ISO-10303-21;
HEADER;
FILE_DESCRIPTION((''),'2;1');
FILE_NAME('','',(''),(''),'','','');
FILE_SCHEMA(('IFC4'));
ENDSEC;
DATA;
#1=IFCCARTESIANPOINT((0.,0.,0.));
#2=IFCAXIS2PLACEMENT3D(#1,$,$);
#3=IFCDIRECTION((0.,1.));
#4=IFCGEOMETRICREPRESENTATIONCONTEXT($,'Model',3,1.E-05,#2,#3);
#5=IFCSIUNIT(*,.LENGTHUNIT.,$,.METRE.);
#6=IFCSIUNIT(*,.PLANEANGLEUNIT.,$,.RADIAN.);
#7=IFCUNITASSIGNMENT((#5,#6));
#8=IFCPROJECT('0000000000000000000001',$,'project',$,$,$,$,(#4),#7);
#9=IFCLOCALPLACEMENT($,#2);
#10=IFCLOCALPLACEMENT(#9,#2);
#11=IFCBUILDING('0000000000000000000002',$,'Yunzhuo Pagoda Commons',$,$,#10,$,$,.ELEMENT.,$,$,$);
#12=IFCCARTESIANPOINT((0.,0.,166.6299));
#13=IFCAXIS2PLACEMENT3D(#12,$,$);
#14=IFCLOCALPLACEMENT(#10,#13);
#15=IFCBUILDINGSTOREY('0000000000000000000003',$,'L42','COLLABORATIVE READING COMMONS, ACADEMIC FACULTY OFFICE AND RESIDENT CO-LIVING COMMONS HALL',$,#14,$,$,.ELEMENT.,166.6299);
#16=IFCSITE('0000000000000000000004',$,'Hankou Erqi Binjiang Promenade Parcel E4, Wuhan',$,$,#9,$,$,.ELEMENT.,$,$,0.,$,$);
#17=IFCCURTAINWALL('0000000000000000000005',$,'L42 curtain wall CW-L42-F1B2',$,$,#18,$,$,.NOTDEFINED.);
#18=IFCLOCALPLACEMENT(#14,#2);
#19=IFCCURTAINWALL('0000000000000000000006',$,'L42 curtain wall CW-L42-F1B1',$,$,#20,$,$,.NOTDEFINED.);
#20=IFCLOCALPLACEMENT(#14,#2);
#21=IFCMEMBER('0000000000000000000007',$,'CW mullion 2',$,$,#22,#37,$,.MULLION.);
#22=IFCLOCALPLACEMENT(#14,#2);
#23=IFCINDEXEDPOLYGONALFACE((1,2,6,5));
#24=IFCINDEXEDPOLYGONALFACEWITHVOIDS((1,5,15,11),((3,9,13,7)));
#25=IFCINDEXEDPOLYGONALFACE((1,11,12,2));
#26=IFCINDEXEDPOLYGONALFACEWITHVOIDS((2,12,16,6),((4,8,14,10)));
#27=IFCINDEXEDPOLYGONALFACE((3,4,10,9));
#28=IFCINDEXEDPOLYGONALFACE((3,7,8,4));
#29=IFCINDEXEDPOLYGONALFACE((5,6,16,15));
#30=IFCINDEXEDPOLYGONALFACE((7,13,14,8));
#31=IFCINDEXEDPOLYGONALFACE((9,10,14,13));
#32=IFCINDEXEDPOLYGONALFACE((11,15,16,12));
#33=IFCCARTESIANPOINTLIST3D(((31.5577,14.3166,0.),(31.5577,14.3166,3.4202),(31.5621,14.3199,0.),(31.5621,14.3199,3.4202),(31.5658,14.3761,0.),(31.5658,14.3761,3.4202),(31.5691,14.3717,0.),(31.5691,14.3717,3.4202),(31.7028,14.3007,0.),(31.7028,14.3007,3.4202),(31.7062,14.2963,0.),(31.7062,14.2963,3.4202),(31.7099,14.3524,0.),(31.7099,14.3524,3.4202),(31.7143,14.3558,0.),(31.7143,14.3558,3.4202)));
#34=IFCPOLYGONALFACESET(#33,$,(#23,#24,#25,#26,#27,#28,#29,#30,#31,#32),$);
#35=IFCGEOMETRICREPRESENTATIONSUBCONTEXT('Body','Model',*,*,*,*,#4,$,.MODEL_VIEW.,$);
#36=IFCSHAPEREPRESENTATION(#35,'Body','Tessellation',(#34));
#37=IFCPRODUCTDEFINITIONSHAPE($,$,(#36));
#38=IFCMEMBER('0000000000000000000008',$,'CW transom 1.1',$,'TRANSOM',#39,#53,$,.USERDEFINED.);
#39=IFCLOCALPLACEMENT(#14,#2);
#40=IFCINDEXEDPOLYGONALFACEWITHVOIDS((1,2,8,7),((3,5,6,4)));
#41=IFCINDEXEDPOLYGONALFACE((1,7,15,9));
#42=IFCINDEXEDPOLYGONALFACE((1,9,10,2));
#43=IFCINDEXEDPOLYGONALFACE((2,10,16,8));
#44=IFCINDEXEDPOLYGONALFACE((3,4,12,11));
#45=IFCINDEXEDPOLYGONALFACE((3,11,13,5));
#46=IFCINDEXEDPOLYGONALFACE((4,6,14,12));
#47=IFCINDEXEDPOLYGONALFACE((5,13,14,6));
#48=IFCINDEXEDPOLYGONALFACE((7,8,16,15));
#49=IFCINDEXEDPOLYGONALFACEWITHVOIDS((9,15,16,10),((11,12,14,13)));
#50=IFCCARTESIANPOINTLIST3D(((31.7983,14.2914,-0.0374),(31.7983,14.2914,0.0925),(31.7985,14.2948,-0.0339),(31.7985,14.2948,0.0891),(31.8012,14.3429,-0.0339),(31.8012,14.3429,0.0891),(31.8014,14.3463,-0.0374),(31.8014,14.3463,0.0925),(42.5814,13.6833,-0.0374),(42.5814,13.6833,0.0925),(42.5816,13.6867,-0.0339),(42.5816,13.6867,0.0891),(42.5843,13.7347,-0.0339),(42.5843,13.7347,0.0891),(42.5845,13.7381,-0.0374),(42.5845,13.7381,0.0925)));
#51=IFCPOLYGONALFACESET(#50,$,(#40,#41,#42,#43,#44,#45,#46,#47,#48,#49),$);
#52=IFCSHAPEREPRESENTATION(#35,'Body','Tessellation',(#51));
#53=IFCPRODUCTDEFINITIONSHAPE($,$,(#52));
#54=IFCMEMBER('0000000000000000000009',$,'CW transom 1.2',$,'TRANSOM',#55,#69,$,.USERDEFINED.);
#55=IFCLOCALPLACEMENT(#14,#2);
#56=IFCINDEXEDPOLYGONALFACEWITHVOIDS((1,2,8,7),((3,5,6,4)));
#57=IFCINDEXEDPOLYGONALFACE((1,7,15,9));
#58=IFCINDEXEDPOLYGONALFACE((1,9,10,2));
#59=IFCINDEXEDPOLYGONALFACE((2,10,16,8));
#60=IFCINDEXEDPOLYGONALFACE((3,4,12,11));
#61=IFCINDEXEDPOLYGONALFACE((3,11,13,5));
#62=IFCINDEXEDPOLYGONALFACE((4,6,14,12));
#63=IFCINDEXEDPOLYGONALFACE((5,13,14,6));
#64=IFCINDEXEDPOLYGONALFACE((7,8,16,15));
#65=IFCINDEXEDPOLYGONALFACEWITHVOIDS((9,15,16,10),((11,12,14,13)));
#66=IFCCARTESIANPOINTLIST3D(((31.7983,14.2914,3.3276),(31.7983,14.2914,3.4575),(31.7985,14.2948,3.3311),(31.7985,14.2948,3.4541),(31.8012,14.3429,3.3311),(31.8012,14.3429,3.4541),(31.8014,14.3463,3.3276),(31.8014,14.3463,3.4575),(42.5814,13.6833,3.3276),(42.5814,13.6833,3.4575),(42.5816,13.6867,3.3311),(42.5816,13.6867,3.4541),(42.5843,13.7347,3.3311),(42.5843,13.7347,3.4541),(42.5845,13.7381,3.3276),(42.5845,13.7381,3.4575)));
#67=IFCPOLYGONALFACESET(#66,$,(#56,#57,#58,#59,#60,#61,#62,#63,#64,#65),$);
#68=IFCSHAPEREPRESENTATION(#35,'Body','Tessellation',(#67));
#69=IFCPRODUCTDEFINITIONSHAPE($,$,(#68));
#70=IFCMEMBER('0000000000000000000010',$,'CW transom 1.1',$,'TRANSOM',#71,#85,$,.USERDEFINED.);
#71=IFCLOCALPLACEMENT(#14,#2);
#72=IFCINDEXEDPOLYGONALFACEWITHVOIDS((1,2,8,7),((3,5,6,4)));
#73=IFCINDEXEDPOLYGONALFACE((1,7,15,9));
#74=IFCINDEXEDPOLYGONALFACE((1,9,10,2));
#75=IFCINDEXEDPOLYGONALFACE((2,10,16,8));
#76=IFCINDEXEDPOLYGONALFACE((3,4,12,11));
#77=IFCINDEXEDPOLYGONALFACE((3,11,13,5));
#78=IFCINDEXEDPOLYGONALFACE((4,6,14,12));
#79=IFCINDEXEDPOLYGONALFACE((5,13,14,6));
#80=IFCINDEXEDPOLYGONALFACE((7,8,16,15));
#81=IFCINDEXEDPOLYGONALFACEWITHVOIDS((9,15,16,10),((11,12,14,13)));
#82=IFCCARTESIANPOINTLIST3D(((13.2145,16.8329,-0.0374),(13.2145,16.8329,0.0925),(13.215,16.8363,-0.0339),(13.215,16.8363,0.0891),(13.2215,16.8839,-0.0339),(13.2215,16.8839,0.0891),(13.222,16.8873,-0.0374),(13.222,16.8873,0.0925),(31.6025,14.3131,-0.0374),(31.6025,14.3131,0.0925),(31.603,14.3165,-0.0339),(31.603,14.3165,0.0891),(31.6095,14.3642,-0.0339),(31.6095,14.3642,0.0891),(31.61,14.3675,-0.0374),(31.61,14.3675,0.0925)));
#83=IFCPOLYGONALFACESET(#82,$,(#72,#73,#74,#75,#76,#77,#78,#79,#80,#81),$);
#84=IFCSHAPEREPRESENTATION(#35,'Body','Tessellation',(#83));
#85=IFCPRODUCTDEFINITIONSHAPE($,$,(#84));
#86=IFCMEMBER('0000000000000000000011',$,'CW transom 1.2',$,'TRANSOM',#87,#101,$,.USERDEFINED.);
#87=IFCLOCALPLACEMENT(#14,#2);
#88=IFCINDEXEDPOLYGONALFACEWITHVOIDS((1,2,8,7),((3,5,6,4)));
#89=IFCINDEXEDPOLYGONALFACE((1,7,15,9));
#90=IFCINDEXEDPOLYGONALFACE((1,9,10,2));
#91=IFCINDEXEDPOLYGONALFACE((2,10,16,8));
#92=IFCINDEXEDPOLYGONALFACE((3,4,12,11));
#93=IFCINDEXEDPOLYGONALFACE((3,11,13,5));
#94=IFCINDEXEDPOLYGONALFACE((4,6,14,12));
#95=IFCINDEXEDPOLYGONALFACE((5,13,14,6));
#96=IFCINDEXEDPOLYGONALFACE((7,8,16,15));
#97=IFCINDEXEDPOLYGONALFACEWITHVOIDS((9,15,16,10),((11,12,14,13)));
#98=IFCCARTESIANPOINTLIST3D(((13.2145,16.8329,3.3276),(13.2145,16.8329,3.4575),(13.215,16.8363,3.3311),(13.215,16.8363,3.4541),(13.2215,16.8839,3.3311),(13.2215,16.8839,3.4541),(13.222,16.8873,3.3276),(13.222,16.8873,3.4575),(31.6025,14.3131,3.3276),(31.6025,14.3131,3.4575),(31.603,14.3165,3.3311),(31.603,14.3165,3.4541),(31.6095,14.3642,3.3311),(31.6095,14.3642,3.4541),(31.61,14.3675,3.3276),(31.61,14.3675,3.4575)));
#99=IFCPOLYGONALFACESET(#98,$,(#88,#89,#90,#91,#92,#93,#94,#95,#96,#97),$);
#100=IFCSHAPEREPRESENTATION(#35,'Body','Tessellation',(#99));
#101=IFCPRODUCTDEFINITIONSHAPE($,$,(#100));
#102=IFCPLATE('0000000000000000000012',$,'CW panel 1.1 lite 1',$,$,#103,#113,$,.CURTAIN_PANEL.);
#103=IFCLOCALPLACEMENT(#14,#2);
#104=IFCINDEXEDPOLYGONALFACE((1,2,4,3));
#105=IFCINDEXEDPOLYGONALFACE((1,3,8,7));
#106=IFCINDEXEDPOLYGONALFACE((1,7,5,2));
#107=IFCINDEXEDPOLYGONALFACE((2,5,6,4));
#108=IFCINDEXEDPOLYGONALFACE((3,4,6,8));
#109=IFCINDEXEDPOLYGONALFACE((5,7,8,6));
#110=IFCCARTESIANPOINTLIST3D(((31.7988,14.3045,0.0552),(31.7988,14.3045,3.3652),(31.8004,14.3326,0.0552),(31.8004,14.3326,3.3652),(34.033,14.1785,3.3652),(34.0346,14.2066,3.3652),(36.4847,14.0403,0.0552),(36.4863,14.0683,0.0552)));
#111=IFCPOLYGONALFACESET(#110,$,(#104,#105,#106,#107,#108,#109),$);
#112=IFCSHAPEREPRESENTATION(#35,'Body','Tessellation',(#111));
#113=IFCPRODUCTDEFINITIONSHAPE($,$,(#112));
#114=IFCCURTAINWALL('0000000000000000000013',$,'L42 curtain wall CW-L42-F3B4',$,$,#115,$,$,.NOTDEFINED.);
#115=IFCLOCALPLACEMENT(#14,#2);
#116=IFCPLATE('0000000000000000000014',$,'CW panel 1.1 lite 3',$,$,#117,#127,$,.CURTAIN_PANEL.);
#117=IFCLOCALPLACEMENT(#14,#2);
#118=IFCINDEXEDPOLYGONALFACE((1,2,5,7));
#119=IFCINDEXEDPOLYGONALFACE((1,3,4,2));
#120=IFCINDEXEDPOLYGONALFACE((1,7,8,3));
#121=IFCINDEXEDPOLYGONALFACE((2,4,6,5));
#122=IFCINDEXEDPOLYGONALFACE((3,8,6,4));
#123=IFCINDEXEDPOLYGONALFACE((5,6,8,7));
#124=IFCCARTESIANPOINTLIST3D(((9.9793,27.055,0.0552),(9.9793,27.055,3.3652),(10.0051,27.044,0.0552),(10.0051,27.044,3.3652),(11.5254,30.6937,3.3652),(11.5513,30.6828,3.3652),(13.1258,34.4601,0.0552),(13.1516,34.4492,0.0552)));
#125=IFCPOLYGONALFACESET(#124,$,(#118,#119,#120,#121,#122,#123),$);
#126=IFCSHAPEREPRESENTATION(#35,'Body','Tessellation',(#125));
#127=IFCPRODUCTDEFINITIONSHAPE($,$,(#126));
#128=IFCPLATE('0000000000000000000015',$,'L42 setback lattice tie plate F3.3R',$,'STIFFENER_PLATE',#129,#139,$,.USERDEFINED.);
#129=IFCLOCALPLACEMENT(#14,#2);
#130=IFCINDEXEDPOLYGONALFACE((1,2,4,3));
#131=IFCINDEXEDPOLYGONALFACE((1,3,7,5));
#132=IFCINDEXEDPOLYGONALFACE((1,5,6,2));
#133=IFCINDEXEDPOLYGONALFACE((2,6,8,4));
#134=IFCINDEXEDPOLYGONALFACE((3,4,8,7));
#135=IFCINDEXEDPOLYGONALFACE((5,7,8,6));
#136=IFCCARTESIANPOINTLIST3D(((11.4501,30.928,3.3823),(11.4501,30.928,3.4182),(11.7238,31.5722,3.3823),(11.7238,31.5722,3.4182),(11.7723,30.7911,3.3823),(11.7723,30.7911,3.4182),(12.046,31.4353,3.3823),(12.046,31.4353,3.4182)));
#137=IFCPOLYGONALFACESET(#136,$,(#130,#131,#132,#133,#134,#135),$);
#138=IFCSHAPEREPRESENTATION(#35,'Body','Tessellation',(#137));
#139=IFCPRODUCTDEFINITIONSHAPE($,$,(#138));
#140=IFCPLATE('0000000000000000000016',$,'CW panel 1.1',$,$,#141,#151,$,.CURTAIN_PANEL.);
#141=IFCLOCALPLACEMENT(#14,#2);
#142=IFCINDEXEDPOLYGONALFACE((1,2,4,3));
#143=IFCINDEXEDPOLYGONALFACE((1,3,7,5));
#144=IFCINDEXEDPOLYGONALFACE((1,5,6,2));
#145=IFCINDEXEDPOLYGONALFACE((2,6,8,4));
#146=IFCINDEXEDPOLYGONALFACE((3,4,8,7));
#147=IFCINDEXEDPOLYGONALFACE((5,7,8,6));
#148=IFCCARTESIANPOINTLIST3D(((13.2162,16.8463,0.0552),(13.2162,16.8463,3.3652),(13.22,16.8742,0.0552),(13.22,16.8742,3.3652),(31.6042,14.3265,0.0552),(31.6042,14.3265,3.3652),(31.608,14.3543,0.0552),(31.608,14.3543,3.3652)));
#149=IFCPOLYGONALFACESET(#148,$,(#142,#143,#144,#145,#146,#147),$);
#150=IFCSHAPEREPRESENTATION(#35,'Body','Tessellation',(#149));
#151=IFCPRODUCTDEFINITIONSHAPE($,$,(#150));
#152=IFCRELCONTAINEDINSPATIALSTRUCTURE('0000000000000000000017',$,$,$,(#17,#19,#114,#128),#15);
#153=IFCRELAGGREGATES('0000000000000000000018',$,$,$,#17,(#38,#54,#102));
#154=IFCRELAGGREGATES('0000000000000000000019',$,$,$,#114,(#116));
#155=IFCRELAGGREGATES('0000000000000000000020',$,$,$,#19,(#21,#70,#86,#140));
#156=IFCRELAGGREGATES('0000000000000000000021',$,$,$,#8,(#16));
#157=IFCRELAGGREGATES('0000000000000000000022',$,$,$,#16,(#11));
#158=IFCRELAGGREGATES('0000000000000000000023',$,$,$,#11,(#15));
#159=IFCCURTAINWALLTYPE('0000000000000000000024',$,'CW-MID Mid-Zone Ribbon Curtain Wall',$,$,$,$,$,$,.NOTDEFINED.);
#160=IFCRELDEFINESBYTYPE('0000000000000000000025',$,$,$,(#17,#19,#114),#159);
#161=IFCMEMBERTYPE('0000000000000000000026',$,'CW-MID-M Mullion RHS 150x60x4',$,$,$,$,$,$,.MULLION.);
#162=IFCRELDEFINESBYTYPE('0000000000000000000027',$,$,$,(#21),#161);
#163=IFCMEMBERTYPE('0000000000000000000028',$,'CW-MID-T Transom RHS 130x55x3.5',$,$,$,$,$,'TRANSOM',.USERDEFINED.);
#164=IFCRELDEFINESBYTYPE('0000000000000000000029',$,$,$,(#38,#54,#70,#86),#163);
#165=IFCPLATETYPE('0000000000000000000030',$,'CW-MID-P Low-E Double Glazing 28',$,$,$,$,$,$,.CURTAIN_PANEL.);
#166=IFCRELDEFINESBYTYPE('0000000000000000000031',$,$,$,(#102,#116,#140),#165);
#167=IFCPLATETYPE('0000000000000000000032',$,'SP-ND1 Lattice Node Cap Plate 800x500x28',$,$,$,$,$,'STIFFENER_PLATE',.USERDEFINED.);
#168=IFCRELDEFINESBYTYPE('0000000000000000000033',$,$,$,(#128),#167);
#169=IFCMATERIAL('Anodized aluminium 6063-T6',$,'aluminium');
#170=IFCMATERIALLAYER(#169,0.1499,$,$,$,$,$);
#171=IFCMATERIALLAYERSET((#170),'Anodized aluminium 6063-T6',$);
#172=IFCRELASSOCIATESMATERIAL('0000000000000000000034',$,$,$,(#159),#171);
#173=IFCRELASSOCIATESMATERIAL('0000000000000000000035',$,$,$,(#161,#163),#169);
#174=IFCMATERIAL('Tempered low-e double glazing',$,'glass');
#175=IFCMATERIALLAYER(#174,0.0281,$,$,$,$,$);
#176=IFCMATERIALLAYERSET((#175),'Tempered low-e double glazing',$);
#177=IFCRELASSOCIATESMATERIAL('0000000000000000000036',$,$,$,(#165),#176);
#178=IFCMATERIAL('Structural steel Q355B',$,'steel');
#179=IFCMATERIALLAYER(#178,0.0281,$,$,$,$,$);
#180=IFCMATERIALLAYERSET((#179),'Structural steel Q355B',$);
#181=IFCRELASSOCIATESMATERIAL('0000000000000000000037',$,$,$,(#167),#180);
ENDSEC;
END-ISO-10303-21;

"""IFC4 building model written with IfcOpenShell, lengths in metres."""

from ifc_helpers import new_model, si_unit, direction, frame, origin, origin_2d, place, context, subcontext, project, spatial, polyline, rectangle, hollow_rectangle, outline, extrude, source, transform, mapped, material, layer, layer_set, material_profile, profile_set, type_object, element, aggregate, save


model = new_model("IFC4")

# Units and contexts
model_context = context("Model", 3, precision=1e-05, world=origin(), true_north=direction((0.0, 1.0)))
body_context = subcontext(model_context, "Body", "Model", "MODEL_VIEW")
ifc_project = project(units=[si_unit("LENGTHUNIT", "METRE"), si_unit("PLANEANGLEUNIT", "RADIAN")], contexts=[model_context])

# Site, building, storey
site_placement = place(None, origin())
site = spatial("IfcSite", under=ifc_project, at=site_placement, Name="Hankou Erqi Binjiang Promenade Parcel E4, Wuhan", CompositionType="ELEMENT", RefElevation=0.0)
building_placement = place(site_placement, origin())
building = spatial("IfcBuilding", under=site, at=building_placement, Name="Yunzhuo Pagoda Commons", CompositionType="ELEMENT")
storey_placement = place(building_placement, frame((0.0, 0.0, 166.6299)))
storey = spatial("IfcBuildingStorey", under=building, at=storey_placement, Name="L42", Description="COLLABORATIVE READING COMMONS, ACADEMIC FACULTY OFFICE AND RESIDENT CO-LIVING COMMONS HALL", CompositionType="ELEMENT", Elevation=166.6299)

# Shared definitions
ifc_material_1 = material(Name="Structural steel Q355B", Category="steel")

# Curtain wall
ifc_material_2 = material(Name="Anodized aluminium 6063-T6", Category="aluminium")
ifc_layer_1 = layer(ifc_material_2, 0.1499)
ifc_layer_set_1 = layer_set([ifc_layer_1], Name="Anodized aluminium 6063-T6")
curtain_wall_type = type_object("IfcCurtainWallType", Name="CW-MID Mid-Zone Ribbon Curtain Wall", PredefinedType="NOTDEFINED", material=ifc_layer_set_1)
curtain_wall_1_placement = place(storey_placement, origin())
curtain_wall_1 = element("IfcCurtainWall", 1, at=curtain_wall_1_placement, inside=storey, type_object=curtain_wall_type, Name="L42 curtain wall CW-L42-F1B2", PredefinedType="NOTDEFINED")
ifc_material_profile_1 = material_profile(ifc_material_2, hollow_rectangle(XDim=0.0601, YDim=0.1499, WallThickness=0.0039, at=origin_2d()), Name="Anodized aluminium 6063-T6")
ifc_profile_set_1 = profile_set([ifc_material_profile_1], Name="Anodized aluminium 6063-T6")
member_type_1 = type_object("IfcMemberType", Name="CW-MID-M Mullion RHS 150x60x4", PredefinedType="MULLION", material=ifc_profile_set_1)
shared_shape_1 = source(origin(), body_context, "Body", "SweptSolid", [
    extrude(hollow_rectangle(XDim=0.0601, YDim=0.1499, WallThickness=0.0039, at=origin_2d()), origin(), (0.0, 0.0, 1.0), 3.4202),
])

# Curtain wall, member
curtain_wall_2_placement = place(storey_placement, origin())
curtain_wall_2 = element("IfcCurtainWall", 2, at=curtain_wall_2_placement, inside=storey, type_object=curtain_wall_type, Name="L42 curtain wall CW-L42-F1B1", PredefinedType="NOTDEFINED")
member_1_placement = place(storey_placement, frame((31.636, 14.3362, 0.0), z_axis=(0.0, 0.0, 1.0), x_axis=(0.135767, 0.990741, 0.0)))
member_1 = element("IfcMember", 3, at=member_1_placement, type_object=member_type_1, Name="CW mullion 2", PredefinedType="MULLION", context=body_context, shape_type="MappedRepresentation", body=[
    mapped(shared_shape_1, transform((0.0, 0.0, 0.0), scale=1.0)),
])

# Members
ifc_material_profile_2 = material_profile(ifc_material_2, hollow_rectangle(XDim=0.0549, YDim=0.1299, WallThickness=0.0034, at=origin_2d()), Name="Anodized aluminium 6063-T6")
ifc_profile_set_2 = profile_set([ifc_material_profile_2], Name="Anodized aluminium 6063-T6")
member_type_2 = type_object("IfcMemberType", Name="CW-MID-T Transom RHS 130x55x3.5", ElementType="TRANSOM", PredefinedType="USERDEFINED", material=ifc_profile_set_2)
shared_shape_2 = source(origin(), body_context, "Body", "SweptSolid", [
    extrude(hollow_rectangle(XDim=0.0549, YDim=0.1299, WallThickness=0.0034, at=origin_2d()), origin(), (0.0, 0.0, 1.0), 10.8003),
])
member_2_placement = place(storey_placement, frame((31.7998, 14.3188, 0.0276), z_axis=(0.998413, -0.056309, 0.0), x_axis=(0.056309, 0.998413, 0.0)))
member_2 = element("IfcMember", 4, at=member_2_placement, type_object=member_type_2, Name="CW transom 1.1", ObjectType="TRANSOM", PredefinedType="USERDEFINED", context=body_context, shape_type="MappedRepresentation", body=[
    mapped(shared_shape_2, transform((0.0, 0.0, 0.0), scale=1.0)),
])
member_3_placement = place(storey_placement, frame((31.7998, 14.3188, 3.3926), z_axis=(0.998413, -0.056309, 0.0), x_axis=(0.056309, 0.998413, 0.0)))
member_3 = element("IfcMember", 5, at=member_3_placement, type_object=member_type_2, Name="CW transom 1.2", ObjectType="TRANSOM", PredefinedType="USERDEFINED", context=body_context, shape_type="MappedRepresentation", body=[
    mapped(shared_shape_2, transform((0.0, 0.0, 0.0), scale=1.0)),
])
shared_shape_3 = source(origin(), body_context, "Body", "SweptSolid", [
    extrude(hollow_rectangle(XDim=0.0549, YDim=0.1299, WallThickness=0.0034, at=origin_2d()), origin(), (0.0, 0.0, 1.0), 18.5598),
])
member_4_placement = place(storey_placement, frame((13.2183, 16.8601, 0.0276), z_axis=(0.990741, -0.135765, 0.0), x_axis=(0.135765, 0.990741, 0.0)))
member_4 = element("IfcMember", 6, at=member_4_placement, type_object=member_type_2, Name="CW transom 1.1", ObjectType="TRANSOM", PredefinedType="USERDEFINED", context=body_context, shape_type="MappedRepresentation", body=[
    mapped(shared_shape_3, transform((0.0, 0.0, 0.0), scale=1.0)),
])
member_5_placement = place(storey_placement, frame((13.2183, 16.8601, 3.3926), z_axis=(0.990741, -0.135765, 0.0), x_axis=(0.135765, 0.990741, 0.0)))
member_5 = element("IfcMember", 7, at=member_5_placement, type_object=member_type_2, Name="CW transom 1.2", ObjectType="TRANSOM", PredefinedType="USERDEFINED", context=body_context, shape_type="MappedRepresentation", body=[
    mapped(shared_shape_3, transform((0.0, 0.0, 0.0), scale=1.0)),
])

# Plate
ifc_material_3 = material(Name="Tempered low-e double glazing", Category="glass")
ifc_layer_2 = layer(ifc_material_3, 0.0281)
ifc_layer_set_2 = layer_set([ifc_layer_2], Name="Tempered low-e double glazing")
plate_type_1 = type_object("IfcPlateType", Name="CW-MID-P Low-E Double Glazing 28", PredefinedType="CURTAIN_PANEL", material=ifc_layer_set_2)
plate_1_placement = place(storey_placement, frame((34.1433, 14.2004, 1.7102), z_axis=(-0.056299, -0.998414, 0.0), x_axis=(0.998414, -0.056299, 0.0)))
plate_1 = element("IfcPlate", 8, at=plate_1_placement, type_object=plate_type_1, Name="CW panel 1.1 lite 1", PredefinedType="CURTAIN_PANEL", context=body_context, shape_type="SweptSolid", body=[
    extrude(outline(polyline([(-2.3467, -1.655), (2.3467, -1.655), (-0.1089, 1.655), (-2.3467, 1.655), (-2.3467, -1.655)])), origin(), (0.0, 0.0, 1.0), 0.0281),
])
aggregate(curtain_wall_1, [member_2, member_3, plate_1])

# Curtain wall, plate
curtain_wall_3_placement = place(storey_placement, origin())
curtain_wall_3 = element("IfcCurtainWall", 9, at=curtain_wall_3_placement, inside=storey, type_object=curtain_wall_type, Name="L42 curtain wall CW-L42-F3B4", PredefinedType="NOTDEFINED")
plate_2_placement = place(storey_placement, frame((11.5784, 30.7466, 1.7102), z_axis=(-0.920364, 0.391063, 0.0), x_axis=(-0.391063, -0.920364, 0.0)))
plate_2 = element("IfcPlate", 10, at=plate_2_placement, type_object=plate_type_1, Name="CW panel 1.1 lite 3", PredefinedType="CURTAIN_PANEL", context=body_context, shape_type="SweptSolid", body=[
    extrude(outline(polyline([(-4.0229, -1.655), (4.0229, -1.655), (4.0229, 1.655), (0.0693, 1.655), (-4.0229, -1.655)])), origin(), (0.0, 0.0, 1.0), 0.0281),
])
aggregate(curtain_wall_3, [plate_2])

# Plates
ifc_layer_3 = layer(ifc_material_1, 0.0281)
ifc_layer_set_3 = layer_set([ifc_layer_3], Name="Structural steel Q355B")
plate_type_2 = type_object("IfcPlateType", Name="SP-ND1 Lattice Node Cap Plate 800x500x28", ElementType="STIFFENER_PLATE", PredefinedType="USERDEFINED", material=ifc_layer_set_3)
shared_shape_4 = source(origin(), body_context, "Body", "SweptSolid", [
    extrude(rectangle(XDim=0.7, YDim=0.3501, at=origin_2d()), origin(), (0.0, 0.0, 1.0), 0.0359),
])
plate_3_placement = place(storey_placement, frame((11.748, 31.1816, 3.3823), z_axis=(0.0, 0.0, 1.0), x_axis=(-0.391068, -0.920362, 0.0)))
element("IfcPlate", 11, at=plate_3_placement, inside=storey, type_object=plate_type_2, Name="L42 setback lattice tie plate F3.3R", ObjectType="STIFFENER_PLATE", PredefinedType="USERDEFINED", context=body_context, shape_type="MappedRepresentation", body=[
    mapped(shared_shape_4, transform((0.0, 0.0, 0.0), scale=1.0)),
])
shared_shape_5 = source(origin(), body_context, "Body", "SweptSolid", [
    extrude(rectangle(XDim=18.5598, YDim=0.0281, at=origin_2d()), origin(), (0.0, 0.0, 1.0), 3.3101),
])
plate_4_placement = place(storey_placement, frame((22.4121, 15.6003, 0.0552), z_axis=(0.0, 0.0, 1.0), x_axis=(0.990741, -0.135767, 0.0)))
plate_4 = element("IfcPlate", 12, at=plate_4_placement, type_object=plate_type_1, Name="CW panel 1.1", PredefinedType="CURTAIN_PANEL", context=body_context, shape_type="MappedRepresentation", body=[
    mapped(shared_shape_5, transform((0.0, 0.0, 0.0), scale=1.0)),
])
aggregate(curtain_wall_2, [member_1, member_4, member_5, plate_4])

save(model, "model.ifc")
